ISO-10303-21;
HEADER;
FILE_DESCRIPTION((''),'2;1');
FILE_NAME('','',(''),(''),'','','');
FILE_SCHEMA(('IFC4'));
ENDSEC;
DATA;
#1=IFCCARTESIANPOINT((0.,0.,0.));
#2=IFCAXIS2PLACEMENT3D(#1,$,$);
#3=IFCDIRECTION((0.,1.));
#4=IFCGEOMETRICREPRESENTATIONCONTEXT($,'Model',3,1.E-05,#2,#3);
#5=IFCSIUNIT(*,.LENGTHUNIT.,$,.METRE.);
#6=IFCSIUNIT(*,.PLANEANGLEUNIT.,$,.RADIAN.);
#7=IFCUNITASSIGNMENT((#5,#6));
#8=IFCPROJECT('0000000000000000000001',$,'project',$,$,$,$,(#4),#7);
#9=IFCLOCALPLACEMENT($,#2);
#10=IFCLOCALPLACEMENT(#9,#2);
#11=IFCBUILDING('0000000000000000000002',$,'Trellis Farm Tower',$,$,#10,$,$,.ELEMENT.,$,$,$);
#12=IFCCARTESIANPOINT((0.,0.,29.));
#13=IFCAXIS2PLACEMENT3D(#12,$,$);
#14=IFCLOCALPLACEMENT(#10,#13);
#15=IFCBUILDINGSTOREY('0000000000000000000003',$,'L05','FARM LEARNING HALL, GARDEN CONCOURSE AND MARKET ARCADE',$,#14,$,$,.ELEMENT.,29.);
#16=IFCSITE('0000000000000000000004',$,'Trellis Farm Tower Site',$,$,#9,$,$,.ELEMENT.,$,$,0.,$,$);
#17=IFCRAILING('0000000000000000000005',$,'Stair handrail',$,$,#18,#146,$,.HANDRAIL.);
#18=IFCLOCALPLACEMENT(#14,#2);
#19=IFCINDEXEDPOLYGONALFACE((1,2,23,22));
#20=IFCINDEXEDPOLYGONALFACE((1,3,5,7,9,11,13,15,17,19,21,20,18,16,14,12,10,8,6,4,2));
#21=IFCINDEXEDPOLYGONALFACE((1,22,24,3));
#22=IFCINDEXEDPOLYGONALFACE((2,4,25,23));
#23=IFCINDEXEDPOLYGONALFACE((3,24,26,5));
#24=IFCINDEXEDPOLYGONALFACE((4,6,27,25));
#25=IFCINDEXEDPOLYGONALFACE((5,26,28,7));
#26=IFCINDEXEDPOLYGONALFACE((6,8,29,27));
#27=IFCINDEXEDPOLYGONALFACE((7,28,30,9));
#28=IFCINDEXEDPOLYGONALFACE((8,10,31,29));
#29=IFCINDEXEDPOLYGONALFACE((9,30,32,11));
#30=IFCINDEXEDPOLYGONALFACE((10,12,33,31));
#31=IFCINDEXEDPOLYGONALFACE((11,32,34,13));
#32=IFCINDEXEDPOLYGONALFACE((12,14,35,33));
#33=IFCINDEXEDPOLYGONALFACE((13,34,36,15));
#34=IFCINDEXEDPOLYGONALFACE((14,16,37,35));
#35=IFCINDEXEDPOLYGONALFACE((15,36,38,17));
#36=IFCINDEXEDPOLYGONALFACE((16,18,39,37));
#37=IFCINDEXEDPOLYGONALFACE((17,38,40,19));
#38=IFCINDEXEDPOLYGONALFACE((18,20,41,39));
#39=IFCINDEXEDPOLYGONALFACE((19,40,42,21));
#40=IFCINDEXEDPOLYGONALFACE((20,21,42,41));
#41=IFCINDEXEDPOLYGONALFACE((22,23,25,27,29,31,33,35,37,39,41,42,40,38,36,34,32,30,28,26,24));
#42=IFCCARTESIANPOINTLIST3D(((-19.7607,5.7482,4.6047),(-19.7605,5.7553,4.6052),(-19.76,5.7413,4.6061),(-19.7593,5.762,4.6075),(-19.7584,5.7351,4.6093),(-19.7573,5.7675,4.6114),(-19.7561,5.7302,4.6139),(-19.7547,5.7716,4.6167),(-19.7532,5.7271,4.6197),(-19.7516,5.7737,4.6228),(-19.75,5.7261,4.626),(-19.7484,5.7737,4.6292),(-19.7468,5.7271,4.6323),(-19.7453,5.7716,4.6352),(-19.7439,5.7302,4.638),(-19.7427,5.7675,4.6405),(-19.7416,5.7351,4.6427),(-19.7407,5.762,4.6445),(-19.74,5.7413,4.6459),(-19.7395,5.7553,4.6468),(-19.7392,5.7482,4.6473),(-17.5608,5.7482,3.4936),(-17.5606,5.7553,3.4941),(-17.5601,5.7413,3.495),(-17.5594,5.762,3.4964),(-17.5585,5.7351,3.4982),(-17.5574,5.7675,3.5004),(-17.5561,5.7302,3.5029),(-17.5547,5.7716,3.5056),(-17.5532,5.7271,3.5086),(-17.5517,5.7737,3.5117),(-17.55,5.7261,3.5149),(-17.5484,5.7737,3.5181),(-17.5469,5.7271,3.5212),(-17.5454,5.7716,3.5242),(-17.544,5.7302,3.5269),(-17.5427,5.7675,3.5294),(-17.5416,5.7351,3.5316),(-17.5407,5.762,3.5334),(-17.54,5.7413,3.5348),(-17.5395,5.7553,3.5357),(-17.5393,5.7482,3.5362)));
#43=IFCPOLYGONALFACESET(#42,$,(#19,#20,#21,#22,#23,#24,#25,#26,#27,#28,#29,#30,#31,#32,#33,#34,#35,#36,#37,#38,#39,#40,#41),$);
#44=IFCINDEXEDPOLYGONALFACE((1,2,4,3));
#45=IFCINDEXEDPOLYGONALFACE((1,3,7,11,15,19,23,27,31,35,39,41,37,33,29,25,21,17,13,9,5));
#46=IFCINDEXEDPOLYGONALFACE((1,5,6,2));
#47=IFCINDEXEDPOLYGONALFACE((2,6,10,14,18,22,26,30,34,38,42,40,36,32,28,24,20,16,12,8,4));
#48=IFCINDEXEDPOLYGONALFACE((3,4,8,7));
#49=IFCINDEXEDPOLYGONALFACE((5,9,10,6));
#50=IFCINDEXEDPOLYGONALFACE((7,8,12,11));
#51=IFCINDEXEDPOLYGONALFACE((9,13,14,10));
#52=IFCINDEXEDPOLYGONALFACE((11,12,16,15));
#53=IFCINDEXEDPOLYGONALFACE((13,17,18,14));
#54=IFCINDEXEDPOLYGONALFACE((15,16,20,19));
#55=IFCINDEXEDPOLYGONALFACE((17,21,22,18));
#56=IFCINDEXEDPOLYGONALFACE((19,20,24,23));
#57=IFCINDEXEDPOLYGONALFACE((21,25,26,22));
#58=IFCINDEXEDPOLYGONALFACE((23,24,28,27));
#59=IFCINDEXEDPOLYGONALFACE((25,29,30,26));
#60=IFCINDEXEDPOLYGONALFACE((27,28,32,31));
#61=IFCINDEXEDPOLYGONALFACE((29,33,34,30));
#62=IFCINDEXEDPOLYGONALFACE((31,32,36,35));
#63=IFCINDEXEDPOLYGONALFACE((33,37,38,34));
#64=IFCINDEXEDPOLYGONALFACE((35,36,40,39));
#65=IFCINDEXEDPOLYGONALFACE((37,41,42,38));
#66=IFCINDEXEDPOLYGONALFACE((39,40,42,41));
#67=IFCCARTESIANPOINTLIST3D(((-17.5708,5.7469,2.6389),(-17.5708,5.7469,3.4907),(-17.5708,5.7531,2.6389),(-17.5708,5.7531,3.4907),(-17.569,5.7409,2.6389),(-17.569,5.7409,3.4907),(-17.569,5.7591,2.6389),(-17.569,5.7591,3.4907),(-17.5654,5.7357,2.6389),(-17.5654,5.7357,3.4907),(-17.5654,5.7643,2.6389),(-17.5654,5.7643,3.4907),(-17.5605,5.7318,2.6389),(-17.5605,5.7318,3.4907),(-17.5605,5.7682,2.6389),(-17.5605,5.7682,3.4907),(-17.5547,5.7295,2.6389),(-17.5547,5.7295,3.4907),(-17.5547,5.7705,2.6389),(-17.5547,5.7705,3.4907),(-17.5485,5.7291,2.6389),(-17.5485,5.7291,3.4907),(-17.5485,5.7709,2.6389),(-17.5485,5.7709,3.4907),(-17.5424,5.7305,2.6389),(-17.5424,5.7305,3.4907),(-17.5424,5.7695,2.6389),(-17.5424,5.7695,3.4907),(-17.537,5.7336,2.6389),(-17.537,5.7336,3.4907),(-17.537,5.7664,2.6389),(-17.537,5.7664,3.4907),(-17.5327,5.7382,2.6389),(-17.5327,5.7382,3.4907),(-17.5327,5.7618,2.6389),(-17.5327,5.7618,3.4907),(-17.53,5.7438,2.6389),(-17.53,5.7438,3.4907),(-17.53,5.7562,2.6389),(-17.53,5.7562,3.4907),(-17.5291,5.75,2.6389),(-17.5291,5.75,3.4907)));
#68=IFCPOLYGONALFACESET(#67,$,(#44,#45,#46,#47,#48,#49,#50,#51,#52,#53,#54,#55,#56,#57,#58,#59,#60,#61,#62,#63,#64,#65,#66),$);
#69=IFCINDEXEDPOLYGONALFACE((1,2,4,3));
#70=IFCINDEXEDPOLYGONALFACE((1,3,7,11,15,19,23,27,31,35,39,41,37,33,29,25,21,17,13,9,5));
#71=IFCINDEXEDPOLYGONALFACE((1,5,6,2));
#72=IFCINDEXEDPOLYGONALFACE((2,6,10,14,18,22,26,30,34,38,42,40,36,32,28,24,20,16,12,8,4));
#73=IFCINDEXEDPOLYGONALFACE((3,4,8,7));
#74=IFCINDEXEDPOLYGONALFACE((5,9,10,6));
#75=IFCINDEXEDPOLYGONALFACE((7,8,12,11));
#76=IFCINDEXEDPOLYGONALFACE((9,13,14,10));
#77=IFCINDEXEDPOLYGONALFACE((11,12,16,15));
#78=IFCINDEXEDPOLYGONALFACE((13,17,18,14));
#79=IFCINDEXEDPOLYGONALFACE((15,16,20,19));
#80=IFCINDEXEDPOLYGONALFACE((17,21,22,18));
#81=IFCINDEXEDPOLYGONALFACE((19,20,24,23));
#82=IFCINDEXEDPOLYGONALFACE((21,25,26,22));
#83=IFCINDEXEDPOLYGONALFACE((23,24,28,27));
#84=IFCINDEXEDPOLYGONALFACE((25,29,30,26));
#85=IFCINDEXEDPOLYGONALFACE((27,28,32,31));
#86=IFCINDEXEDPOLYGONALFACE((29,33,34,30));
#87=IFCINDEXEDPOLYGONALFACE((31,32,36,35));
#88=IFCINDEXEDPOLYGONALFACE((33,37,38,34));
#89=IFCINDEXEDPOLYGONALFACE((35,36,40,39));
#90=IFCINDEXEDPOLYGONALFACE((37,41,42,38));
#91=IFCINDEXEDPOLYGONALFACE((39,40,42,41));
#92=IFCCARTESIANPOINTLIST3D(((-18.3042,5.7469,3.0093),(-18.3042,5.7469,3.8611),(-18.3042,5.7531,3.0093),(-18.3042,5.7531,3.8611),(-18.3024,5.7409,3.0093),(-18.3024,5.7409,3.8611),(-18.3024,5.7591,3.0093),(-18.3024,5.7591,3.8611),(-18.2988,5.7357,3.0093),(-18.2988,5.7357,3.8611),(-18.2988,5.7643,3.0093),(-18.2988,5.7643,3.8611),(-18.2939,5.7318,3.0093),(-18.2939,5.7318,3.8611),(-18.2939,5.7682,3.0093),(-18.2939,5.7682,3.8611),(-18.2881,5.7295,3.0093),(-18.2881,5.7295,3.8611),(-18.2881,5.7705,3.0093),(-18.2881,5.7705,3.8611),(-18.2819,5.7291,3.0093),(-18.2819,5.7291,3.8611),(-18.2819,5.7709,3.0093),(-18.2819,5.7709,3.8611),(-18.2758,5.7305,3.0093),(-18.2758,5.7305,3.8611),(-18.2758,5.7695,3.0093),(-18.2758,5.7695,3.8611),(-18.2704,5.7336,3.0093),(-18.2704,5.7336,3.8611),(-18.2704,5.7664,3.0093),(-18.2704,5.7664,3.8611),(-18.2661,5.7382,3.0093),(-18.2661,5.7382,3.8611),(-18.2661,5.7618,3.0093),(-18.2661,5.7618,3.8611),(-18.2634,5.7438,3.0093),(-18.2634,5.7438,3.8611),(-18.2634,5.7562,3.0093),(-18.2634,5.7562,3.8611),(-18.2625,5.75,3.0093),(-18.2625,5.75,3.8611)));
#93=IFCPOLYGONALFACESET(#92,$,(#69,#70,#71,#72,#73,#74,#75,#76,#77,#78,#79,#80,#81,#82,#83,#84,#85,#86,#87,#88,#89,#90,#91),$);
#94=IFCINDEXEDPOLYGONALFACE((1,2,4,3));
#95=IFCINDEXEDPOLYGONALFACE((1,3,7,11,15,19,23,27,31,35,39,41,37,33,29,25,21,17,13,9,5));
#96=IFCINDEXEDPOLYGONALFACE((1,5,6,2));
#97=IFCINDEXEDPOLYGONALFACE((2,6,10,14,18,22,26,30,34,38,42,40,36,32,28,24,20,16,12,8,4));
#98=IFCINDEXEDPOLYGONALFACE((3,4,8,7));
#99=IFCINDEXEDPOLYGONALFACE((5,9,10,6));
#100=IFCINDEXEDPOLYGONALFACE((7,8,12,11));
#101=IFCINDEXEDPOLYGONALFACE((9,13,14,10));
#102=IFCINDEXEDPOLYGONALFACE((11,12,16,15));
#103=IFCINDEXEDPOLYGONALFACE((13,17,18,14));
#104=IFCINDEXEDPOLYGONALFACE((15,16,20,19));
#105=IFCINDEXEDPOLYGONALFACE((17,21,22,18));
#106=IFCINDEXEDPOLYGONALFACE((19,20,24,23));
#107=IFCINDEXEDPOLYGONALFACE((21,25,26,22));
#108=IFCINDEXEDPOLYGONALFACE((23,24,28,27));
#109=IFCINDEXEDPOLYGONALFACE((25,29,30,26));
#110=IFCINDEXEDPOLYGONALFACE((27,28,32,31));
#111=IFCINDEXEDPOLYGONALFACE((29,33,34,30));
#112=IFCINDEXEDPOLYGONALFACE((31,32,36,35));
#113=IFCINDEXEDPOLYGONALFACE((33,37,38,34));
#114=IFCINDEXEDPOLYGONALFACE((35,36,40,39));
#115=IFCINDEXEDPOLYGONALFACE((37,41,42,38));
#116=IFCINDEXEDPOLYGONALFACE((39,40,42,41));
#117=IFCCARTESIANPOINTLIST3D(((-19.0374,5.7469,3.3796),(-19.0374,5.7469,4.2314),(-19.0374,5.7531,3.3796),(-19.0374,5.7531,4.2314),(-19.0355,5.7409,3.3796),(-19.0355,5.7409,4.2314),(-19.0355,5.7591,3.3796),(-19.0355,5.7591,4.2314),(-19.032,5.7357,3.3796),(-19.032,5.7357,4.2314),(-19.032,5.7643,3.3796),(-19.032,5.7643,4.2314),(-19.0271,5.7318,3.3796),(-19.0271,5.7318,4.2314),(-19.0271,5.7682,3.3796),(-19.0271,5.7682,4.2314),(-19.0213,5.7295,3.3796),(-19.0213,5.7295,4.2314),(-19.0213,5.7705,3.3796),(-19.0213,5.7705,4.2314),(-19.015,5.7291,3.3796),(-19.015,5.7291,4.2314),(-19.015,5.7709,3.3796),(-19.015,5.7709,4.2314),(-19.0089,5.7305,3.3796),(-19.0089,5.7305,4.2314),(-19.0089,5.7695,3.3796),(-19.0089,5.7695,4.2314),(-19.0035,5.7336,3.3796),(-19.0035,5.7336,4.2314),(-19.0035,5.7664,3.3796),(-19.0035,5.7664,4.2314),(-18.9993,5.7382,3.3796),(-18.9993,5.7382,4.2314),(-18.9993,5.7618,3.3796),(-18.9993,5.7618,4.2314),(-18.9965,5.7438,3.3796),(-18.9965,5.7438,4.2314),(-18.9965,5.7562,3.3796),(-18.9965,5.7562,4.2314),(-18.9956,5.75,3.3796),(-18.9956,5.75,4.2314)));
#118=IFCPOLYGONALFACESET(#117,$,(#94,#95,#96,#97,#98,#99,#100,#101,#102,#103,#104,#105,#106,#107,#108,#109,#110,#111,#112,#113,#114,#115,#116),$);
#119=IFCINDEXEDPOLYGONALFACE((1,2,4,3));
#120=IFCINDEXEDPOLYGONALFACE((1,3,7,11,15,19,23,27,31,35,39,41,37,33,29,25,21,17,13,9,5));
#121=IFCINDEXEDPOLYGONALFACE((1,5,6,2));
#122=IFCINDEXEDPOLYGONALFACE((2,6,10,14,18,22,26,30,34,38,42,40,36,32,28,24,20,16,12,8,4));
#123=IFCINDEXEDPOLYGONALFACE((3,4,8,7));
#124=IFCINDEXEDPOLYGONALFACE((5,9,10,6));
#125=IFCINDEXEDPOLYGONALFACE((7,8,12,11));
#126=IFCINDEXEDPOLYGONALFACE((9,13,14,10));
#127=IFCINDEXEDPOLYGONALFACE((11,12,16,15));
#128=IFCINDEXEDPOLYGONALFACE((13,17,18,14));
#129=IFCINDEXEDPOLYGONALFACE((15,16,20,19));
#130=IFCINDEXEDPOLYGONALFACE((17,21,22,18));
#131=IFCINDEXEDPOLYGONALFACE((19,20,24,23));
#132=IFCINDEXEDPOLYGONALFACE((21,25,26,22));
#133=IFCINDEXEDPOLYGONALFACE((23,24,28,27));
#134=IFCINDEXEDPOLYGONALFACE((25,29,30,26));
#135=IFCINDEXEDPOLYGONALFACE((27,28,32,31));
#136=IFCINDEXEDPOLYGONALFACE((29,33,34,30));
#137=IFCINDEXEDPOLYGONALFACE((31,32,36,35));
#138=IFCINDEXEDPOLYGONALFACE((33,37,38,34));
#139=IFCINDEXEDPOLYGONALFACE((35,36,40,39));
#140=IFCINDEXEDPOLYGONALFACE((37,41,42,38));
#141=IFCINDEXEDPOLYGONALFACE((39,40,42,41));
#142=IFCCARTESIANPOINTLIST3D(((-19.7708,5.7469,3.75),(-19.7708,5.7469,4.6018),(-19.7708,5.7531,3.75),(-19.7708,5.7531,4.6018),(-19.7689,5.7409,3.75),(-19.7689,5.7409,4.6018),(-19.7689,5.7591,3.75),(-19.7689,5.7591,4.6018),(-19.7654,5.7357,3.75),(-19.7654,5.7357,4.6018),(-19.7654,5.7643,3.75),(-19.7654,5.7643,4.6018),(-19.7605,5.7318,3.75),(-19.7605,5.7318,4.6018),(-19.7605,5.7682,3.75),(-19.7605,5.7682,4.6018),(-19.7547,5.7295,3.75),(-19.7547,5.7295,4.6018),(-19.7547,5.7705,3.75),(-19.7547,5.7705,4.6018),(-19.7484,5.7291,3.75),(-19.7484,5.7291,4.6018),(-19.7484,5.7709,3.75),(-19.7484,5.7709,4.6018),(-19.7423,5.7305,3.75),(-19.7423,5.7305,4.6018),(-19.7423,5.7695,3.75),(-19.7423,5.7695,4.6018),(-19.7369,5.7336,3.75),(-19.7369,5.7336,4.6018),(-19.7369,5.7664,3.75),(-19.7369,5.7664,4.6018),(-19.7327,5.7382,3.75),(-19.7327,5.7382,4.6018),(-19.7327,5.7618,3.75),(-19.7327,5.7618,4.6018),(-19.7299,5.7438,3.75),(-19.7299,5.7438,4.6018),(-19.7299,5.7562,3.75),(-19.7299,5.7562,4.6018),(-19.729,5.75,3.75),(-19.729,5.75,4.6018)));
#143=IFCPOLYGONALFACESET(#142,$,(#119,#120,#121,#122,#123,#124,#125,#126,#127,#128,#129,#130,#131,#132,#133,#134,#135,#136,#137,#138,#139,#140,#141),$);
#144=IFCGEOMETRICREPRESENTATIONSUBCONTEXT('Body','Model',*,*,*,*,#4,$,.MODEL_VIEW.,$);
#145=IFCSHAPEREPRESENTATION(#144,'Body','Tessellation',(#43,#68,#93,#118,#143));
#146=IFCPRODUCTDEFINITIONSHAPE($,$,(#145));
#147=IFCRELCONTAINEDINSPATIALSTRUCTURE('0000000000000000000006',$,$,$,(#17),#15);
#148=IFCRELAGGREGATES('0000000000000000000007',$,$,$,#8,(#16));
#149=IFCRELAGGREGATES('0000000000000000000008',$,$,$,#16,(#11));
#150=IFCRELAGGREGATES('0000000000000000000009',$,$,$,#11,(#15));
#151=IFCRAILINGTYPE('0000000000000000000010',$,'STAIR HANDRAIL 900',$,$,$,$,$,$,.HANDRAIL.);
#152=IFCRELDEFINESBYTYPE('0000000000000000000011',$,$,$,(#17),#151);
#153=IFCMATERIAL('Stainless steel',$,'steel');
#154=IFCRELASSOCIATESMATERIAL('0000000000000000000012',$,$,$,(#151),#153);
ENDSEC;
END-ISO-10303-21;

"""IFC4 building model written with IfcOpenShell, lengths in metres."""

from ifc_helpers import new_model, si_unit, direction, frame, origin, origin_2d, place, context, subcontext, project, spatial, circle, extrude, source, transform, mapped, material, type_object, element, save


model = new_model("IFC4")

# Units and contexts
model_context = context("Model", 3, precision=1e-05, world=origin(), true_north=direction((0.0, 1.0)))
body_context = subcontext(model_context, "Body", "Model", "MODEL_VIEW")
ifc_project = project(units=[si_unit("LENGTHUNIT", "METRE"), si_unit("PLANEANGLEUNIT", "RADIAN")], contexts=[model_context])

# Site, building, storey
site_placement = place(None, origin())
site = spatial("IfcSite", under=ifc_project, at=site_placement, Name="Trellis Farm Tower Site", CompositionType="ELEMENT", RefElevation=0.0)
building_placement = place(site_placement, origin())
building = spatial("IfcBuilding", under=site, at=building_placement, Name="Trellis Farm Tower", CompositionType="ELEMENT")
storey_placement = place(building_placement, frame((0.0, 0.0, 29.0)))
storey = spatial("IfcBuildingStorey", under=building, at=storey_placement, Name="L05", Description="FARM LEARNING HALL, GARDEN CONCOURSE AND MARKET ARCADE", CompositionType="ELEMENT", Elevation=29.0)

# Shared definitions
ifc_material_1 = material(Name="Stainless steel", Category="steel")

# Railing
railing_type = type_object("IfcRailingType", Name="STAIR HANDRAIL 900", PredefinedType="HANDRAIL", material=ifc_material_1)
shared_shape_1 = source(origin(), body_context, "Body", "SweptSolid", [
    extrude(circle(Radius=0.0239, at=origin_2d()), frame((0.0, 0.0, 0.876), z_axis=(-0.892617, 0.0, 0.450816), x_axis=(0.0, -1.0, 0.0)), (0.0, 0.0, 1.0), 2.4646),
    extrude(circle(Radius=0.021, at=origin_2d()), origin(), (0.0, 0.0, 1.0), 0.8518),
    extrude(circle(Radius=0.021, at=origin_2d()), frame((-0.7334, 0.0, 0.3704)), (0.0, 0.0, 1.0), 0.8518),
    extrude(circle(Radius=0.021, at=origin_2d()), frame((-1.4666, 0.0, 0.7407)), (0.0, 0.0, 1.0), 0.8518),
    extrude(circle(Radius=0.021, at=origin_2d()), frame((-2.2, 0.0, 1.1111)), (0.0, 0.0, 1.0), 0.8518),
])
for number, where, name in (
    (1, (-17.55, 5.75, 2.6389), "Stair handrail"),
):
    element("IfcRailing", number, at=place(storey_placement, frame(where)), inside=storey, type_object=railing_type, Name=name, PredefinedType="HANDRAIL", context=body_context, shape_type="MappedRepresentation", body=[
        mapped(shared_shape_1, transform((0.0, 0.0, 0.0))),
    ])

save(model, "model.ifc")
